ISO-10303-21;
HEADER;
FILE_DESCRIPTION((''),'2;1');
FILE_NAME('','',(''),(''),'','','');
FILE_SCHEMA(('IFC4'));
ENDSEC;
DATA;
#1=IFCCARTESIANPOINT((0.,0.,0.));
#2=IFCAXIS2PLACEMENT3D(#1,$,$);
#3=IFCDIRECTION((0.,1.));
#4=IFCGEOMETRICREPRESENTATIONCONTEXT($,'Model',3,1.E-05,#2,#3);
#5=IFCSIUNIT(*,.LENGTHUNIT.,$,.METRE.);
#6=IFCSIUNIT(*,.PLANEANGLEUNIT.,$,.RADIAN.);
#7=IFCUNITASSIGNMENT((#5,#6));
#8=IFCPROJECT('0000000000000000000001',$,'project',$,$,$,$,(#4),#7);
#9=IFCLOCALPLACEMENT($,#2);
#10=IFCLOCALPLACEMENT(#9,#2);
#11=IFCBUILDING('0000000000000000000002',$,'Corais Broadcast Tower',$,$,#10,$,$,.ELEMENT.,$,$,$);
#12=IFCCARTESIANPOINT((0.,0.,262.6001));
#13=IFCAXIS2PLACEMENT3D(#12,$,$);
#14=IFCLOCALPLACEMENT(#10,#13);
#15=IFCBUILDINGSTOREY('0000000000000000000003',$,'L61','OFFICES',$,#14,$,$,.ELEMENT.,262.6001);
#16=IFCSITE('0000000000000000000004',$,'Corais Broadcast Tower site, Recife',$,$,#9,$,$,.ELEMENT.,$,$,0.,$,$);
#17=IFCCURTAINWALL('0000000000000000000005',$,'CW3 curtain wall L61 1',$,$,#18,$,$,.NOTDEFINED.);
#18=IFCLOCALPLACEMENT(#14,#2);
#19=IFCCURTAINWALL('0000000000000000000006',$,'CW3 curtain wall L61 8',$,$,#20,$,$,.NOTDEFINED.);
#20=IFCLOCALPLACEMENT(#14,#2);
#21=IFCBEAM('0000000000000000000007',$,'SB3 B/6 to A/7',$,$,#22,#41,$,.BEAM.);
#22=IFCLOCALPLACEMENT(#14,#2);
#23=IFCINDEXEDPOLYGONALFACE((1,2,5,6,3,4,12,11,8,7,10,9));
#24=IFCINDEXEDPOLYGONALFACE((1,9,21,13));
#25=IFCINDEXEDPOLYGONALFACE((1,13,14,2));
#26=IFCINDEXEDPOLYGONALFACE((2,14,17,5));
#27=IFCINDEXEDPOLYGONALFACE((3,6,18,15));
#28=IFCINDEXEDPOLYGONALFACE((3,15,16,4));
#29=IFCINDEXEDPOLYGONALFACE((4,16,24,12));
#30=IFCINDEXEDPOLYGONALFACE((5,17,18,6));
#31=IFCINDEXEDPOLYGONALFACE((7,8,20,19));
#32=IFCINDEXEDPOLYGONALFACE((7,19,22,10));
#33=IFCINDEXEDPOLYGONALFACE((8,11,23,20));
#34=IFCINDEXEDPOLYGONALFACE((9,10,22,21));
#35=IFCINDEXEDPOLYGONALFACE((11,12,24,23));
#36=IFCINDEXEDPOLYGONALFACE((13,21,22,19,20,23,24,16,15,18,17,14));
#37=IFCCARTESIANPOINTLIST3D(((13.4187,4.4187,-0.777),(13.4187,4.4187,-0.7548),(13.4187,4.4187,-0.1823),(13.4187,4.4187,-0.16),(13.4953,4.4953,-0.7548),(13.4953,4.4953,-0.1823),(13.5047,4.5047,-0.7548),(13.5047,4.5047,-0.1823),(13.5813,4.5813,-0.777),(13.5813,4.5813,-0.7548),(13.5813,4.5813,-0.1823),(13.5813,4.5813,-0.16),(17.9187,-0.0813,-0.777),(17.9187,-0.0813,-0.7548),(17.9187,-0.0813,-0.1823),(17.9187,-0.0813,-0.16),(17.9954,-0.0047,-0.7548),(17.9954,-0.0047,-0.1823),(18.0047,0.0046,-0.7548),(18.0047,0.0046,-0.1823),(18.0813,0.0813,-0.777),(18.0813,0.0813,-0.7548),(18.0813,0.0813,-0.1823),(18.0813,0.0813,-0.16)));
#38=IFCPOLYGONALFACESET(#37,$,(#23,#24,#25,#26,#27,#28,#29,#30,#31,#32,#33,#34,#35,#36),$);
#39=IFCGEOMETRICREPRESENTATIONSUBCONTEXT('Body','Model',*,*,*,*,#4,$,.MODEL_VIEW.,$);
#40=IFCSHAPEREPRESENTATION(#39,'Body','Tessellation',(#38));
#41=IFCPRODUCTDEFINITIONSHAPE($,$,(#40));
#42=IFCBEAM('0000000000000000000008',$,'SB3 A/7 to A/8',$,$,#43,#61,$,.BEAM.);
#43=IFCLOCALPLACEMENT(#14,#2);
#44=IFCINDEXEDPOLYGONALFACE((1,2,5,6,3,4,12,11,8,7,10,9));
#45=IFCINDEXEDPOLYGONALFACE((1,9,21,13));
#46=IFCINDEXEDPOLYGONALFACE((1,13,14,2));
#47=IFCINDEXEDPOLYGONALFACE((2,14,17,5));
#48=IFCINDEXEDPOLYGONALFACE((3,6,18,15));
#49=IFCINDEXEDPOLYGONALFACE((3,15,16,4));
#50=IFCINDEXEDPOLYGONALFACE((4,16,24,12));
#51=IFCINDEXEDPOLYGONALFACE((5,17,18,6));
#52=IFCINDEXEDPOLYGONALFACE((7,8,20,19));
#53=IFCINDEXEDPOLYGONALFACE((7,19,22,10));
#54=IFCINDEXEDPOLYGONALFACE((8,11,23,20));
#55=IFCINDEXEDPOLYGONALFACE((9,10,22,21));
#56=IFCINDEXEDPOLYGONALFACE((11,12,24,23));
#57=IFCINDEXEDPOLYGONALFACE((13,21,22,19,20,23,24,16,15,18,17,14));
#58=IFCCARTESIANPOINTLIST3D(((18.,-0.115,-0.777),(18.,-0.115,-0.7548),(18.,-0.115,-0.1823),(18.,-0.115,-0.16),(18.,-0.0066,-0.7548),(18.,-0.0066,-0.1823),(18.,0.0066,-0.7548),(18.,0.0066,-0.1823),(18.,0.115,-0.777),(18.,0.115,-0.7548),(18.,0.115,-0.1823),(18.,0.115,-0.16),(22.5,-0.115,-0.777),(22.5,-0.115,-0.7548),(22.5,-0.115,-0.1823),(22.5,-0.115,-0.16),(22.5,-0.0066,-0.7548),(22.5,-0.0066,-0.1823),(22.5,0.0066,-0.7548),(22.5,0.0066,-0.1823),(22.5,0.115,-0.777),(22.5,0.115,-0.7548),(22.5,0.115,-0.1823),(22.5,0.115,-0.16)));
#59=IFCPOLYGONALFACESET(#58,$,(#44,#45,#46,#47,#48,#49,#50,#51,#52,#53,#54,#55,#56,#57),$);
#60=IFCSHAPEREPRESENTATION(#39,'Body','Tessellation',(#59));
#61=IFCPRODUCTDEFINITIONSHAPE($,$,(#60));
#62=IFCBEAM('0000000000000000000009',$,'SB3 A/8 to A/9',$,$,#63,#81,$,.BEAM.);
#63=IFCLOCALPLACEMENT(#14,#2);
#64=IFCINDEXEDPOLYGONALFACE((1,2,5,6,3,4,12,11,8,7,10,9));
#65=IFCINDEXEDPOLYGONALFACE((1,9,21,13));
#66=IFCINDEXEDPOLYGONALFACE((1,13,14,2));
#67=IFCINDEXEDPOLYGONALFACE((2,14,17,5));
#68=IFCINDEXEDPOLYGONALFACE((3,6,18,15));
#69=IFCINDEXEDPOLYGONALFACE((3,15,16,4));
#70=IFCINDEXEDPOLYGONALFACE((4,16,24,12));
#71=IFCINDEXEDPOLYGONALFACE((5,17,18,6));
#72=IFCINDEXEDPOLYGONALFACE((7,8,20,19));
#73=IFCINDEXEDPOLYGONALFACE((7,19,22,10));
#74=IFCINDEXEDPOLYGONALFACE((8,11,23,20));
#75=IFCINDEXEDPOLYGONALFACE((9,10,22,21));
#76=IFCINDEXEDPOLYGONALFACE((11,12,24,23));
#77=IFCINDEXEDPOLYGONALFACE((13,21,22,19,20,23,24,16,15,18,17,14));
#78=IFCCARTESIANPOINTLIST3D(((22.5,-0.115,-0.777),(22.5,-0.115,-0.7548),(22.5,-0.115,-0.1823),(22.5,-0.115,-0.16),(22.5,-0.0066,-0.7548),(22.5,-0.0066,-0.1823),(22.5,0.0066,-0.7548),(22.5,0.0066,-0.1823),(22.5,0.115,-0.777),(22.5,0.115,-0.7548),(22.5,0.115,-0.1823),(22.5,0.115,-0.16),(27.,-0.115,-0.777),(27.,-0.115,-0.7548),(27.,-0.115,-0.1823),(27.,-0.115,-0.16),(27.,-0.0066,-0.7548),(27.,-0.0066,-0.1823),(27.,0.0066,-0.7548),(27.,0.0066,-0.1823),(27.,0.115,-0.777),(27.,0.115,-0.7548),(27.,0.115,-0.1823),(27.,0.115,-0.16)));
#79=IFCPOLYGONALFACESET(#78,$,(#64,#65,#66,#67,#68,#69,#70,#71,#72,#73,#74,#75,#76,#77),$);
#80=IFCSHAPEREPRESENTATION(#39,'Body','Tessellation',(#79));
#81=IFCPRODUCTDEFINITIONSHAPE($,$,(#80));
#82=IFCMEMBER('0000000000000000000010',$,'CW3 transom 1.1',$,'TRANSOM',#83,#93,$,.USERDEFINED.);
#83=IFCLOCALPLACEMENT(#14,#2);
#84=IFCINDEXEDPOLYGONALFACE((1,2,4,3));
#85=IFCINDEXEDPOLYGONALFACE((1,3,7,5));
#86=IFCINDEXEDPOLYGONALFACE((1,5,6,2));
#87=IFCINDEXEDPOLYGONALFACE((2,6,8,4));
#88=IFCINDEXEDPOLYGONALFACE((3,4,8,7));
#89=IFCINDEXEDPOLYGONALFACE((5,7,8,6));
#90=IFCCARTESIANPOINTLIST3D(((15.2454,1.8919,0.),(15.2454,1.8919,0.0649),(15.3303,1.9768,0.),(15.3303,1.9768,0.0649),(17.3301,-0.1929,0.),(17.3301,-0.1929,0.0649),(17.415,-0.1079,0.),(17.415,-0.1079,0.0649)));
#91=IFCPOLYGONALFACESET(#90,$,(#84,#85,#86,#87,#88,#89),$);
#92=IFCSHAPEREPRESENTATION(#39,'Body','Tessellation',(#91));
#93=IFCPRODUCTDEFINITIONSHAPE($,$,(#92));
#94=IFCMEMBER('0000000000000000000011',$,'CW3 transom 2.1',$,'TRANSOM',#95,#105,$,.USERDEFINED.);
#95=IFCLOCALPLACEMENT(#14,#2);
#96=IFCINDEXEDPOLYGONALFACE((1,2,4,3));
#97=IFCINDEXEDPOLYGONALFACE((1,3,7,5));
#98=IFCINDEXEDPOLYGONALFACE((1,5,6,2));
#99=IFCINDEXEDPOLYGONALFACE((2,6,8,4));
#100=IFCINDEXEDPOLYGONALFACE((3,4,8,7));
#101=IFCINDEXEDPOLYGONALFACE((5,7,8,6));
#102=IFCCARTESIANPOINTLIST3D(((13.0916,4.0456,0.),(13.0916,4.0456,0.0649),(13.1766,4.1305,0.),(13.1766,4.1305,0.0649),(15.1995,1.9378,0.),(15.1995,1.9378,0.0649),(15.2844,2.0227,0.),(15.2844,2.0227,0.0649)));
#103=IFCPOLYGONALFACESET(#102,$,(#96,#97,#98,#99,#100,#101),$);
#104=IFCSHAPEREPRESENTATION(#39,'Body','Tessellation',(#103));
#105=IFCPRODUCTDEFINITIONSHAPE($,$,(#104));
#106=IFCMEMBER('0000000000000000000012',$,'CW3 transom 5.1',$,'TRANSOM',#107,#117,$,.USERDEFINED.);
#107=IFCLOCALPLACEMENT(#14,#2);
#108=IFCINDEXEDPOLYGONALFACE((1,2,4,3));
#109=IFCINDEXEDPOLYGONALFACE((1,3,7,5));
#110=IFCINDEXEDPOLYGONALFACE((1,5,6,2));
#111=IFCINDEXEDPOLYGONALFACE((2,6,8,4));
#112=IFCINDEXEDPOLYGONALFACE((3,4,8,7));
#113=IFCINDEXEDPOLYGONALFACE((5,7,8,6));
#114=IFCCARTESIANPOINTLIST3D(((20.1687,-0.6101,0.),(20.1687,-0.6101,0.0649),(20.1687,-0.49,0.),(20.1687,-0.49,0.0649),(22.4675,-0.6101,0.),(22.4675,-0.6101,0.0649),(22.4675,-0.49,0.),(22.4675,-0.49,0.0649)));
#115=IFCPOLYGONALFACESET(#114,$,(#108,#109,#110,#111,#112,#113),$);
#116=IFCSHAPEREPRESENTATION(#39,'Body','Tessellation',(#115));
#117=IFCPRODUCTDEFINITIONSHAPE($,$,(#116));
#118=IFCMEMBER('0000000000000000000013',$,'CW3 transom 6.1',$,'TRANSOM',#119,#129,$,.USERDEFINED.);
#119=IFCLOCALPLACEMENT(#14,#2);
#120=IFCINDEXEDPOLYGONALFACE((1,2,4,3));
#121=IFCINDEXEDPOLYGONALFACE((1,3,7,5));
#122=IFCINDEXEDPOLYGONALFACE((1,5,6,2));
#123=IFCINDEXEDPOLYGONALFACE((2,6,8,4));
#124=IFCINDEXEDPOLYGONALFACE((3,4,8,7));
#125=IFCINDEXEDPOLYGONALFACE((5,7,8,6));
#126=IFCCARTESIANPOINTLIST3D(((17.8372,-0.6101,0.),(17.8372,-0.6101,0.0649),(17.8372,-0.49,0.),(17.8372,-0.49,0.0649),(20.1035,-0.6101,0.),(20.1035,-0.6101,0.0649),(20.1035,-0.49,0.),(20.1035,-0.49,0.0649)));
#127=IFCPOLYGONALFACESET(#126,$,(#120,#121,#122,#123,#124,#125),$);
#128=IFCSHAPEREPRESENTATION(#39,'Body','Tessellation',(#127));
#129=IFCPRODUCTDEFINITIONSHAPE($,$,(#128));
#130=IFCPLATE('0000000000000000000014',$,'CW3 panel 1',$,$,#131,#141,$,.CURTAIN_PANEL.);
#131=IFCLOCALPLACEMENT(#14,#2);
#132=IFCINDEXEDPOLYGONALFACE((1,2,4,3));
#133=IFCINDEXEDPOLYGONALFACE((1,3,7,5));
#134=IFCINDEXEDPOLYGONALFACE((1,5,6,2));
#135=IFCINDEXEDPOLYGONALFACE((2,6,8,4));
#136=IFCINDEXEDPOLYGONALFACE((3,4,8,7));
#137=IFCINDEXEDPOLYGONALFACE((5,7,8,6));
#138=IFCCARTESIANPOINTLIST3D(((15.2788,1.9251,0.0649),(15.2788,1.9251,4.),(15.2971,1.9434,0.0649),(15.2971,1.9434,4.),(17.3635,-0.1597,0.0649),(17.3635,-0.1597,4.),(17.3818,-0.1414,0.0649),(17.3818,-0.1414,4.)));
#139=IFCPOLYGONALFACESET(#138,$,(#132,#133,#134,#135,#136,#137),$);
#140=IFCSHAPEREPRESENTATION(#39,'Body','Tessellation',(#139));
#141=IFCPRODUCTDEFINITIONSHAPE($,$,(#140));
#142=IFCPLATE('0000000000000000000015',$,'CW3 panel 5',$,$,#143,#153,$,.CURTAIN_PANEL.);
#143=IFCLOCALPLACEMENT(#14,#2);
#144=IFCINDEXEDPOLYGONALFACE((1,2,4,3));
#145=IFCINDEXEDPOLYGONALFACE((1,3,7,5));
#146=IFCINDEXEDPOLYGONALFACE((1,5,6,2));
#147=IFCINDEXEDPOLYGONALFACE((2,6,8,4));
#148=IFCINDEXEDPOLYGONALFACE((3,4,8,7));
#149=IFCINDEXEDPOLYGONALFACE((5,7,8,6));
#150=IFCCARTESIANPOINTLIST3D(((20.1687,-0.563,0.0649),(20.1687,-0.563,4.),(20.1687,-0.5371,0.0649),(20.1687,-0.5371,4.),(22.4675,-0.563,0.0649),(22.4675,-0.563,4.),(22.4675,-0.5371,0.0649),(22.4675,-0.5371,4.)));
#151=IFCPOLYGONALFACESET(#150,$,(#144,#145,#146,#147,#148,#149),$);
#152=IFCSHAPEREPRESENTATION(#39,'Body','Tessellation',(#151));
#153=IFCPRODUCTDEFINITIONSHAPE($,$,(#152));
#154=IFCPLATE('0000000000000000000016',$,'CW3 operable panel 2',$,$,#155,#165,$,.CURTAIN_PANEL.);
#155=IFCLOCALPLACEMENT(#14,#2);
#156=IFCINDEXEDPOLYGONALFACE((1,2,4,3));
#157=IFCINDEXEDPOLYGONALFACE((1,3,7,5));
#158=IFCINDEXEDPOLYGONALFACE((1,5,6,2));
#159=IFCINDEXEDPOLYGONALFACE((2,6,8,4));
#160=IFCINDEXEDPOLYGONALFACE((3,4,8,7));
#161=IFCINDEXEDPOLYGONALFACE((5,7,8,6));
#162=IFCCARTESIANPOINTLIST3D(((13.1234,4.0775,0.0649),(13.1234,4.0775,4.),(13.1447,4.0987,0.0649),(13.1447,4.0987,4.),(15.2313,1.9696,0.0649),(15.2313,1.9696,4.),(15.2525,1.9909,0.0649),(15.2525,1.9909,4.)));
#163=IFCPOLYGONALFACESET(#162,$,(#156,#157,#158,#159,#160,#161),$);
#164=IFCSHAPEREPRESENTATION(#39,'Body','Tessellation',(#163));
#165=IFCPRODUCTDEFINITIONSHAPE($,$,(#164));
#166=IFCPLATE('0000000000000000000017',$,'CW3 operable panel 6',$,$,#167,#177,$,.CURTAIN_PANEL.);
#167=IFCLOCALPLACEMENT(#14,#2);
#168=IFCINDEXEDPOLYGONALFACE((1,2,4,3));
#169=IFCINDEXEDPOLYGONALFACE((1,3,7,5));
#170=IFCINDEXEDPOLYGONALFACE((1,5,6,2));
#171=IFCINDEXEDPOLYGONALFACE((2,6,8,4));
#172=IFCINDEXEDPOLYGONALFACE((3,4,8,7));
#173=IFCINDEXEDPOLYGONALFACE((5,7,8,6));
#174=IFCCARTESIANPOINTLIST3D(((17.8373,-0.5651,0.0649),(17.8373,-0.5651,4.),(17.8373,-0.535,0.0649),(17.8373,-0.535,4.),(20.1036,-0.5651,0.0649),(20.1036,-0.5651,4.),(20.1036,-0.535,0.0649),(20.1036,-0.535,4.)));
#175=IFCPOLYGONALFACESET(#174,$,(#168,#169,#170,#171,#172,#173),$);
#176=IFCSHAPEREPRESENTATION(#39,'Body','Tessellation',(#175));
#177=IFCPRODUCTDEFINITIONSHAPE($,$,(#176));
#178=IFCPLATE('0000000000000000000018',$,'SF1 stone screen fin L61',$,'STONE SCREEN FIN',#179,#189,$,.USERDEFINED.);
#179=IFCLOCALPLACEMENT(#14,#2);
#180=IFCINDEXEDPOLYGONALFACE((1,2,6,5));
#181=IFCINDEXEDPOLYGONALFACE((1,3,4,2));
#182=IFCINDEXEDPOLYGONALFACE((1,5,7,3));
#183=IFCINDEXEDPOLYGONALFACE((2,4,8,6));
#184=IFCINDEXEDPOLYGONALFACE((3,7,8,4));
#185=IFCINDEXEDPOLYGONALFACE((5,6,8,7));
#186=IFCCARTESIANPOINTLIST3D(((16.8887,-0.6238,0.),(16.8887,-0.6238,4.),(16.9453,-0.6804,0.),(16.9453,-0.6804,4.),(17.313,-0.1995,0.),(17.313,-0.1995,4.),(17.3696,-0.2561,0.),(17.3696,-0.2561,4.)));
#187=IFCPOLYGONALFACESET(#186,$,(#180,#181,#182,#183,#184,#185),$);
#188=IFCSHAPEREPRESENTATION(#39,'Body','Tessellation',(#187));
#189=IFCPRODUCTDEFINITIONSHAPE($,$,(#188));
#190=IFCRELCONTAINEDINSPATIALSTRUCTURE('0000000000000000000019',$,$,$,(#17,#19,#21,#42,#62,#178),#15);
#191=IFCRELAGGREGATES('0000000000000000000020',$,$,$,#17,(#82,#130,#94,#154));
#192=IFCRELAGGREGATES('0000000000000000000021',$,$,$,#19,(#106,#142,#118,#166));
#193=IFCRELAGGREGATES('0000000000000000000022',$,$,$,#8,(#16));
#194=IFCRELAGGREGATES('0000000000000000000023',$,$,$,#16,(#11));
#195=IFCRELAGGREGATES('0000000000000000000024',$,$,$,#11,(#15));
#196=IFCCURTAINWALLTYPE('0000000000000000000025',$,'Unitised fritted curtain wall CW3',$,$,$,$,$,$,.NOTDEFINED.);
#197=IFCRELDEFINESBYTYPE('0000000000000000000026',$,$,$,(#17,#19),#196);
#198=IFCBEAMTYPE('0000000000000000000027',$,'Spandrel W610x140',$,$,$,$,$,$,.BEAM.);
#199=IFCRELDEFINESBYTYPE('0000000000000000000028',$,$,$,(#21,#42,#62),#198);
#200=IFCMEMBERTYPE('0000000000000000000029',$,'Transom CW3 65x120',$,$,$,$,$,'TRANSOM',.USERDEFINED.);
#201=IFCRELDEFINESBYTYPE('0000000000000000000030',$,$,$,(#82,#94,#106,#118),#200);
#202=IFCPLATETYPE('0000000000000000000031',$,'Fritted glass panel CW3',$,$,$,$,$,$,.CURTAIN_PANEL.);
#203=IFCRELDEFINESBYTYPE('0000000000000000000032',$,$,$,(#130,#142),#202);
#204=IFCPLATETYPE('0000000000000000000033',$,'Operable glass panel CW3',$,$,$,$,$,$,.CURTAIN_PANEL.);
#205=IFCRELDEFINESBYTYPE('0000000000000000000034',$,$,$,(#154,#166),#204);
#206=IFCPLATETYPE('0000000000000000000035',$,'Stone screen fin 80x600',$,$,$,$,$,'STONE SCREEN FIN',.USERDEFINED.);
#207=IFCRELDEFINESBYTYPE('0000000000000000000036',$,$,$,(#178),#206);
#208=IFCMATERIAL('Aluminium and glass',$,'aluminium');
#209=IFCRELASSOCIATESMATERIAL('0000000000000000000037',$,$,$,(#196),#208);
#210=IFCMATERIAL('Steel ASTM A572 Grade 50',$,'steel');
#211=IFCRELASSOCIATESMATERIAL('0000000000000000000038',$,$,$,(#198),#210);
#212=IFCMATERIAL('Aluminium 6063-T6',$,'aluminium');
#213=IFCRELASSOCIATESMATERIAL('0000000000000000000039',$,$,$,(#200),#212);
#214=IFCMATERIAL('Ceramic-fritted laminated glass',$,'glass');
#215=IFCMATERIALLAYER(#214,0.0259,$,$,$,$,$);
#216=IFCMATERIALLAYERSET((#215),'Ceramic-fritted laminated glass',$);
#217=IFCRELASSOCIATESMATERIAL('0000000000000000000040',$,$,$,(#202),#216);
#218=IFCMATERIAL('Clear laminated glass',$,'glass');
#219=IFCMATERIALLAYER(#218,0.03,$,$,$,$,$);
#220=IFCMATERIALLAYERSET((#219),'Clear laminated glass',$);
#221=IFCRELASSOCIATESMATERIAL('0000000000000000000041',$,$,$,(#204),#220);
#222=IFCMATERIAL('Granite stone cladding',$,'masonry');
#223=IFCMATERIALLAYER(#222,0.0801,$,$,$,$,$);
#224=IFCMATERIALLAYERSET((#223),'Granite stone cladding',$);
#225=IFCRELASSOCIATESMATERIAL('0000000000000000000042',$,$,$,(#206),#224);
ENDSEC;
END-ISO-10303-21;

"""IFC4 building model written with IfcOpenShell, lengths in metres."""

from ifc_helpers import new_model, si_unit, direction, frame, origin, origin_2d, place, context, subcontext, project, spatial, rectangle, i_section, extrude, material, layer, layer_set, material_profile, profile_set, type_object, element, aggregate, save


model = new_model("IFC4")

# Units and contexts
model_context = context("Model", 3, precision=1e-05, world=origin(), true_north=direction((0.0, 1.0)))
body_context = subcontext(model_context, "Body", "Model", "MODEL_VIEW")
ifc_project = project(units=[si_unit("LENGTHUNIT", "METRE"), si_unit("PLANEANGLEUNIT", "RADIAN")], contexts=[model_context])

# Site, building, storey
site_placement = place(None, origin())
site = spatial("IfcSite", under=ifc_project, at=site_placement, Name="Corais Broadcast Tower site, Recife", CompositionType="ELEMENT", RefElevation=0.0)
building_placement = place(site_placement, origin())
building = spatial("IfcBuilding", under=site, at=building_placement, Name="Corais Broadcast Tower", CompositionType="ELEMENT")
storey_placement = place(building_placement, frame((0.0, 0.0, 262.6001)))
storey = spatial("IfcBuildingStorey", under=building, at=storey_placement, Name="L61", Description="OFFICES", CompositionType="ELEMENT", Elevation=262.6001)

# Curtain walls
ifc_material_1 = material(Name="Aluminium and glass", Category="aluminium")
curtain_wall_type = type_object("IfcCurtainWallType", Name="Unitised fritted curtain wall CW3", PredefinedType="NOTDEFINED", material=ifc_material_1)
curtain_wall_1_placement = place(storey_placement, origin())
curtain_wall_1 = element("IfcCurtainWall", 1, at=curtain_wall_1_placement, inside=storey, type_object=curtain_wall_type, Name="CW3 curtain wall L61 1", PredefinedType="NOTDEFINED")
curtain_wall_2_placement = place(storey_placement, origin())
curtain_wall_2 = element("IfcCurtainWall", 2, at=curtain_wall_2_placement, inside=storey, type_object=curtain_wall_type, Name="CW3 curtain wall L61 8", PredefinedType="NOTDEFINED")

# Beams
ifc_material_2 = material(Name="Steel ASTM A572 Grade 50", Category="steel")
ifc_material_profile_1 = material_profile(ifc_material_2, i_section(OverallWidth=0.23, OverallDepth=0.6169, WebThickness=0.0132, FlangeThickness=0.0222, at=origin_2d()), Name="W610x140")
ifc_profile_set_1 = profile_set([ifc_material_profile_1], Name="Steel ASTM A572 Grade 50")
beam_type_1 = type_object("IfcBeamType", Name="Spandrel W610x140", PredefinedType="BEAM", material=ifc_profile_set_1)
beam_1_placement = place(storey_placement, frame((13.5, 4.5, -0.4685), z_axis=(0.707107, -0.707107, 0.0), x_axis=(0.707107, 0.707107, 0.0)))
element("IfcBeam", 3, at=beam_1_placement, inside=storey, type_object=beam_type_1, Name="SB3 B/6 to A/7", PredefinedType="BEAM", context=body_context, shape_type="SweptSolid", body=[
    extrude(i_section(OverallWidth=0.23, OverallDepth=0.6169, WebThickness=0.0132, FlangeThickness=0.0222, at=origin_2d()), origin(), (0.0, 0.0, 1.0), 6.364),
])
for number, where, z_axis, x_axis, name in (
    (4, (18.0, 0.0, -0.4685), (1.0, 0.0, 0.0), (0.0, 1.0, 0.0), "SB3 A/7 to A/8"),
    (5, (22.5, 0.0, -0.4685), (1.0, 0.0, 0.0), (0.0, 1.0, 0.0), "SB3 A/8 to A/9"),
):
    element("IfcBeam", number, at=place(storey_placement, frame(where, z_axis=z_axis, x_axis=x_axis)), inside=storey, type_object=beam_type_1, Name=name, PredefinedType="BEAM", context=body_context, shape_type="SweptSolid", body=[
        extrude(i_section(OverallWidth=0.23, OverallDepth=0.6169, WebThickness=0.0132, FlangeThickness=0.0222, at=origin_2d()), origin(), (0.0, 0.0, 1.0), 4.5),
    ])

# Members
ifc_material_3 = material(Name="Aluminium 6063-T6", Category="aluminium")
ifc_material_profile_2 = material_profile(ifc_material_3, rectangle(XDim=0.1201, YDim=0.0649, at=origin_2d()), Name="Transom CW3 65x120")
ifc_profile_set_2 = profile_set([ifc_material_profile_2], Name="Aluminium 6063-T6")
member_type_1 = type_object("IfcMemberType", Name="Transom CW3 65x120", ElementType="TRANSOM", PredefinedType="USERDEFINED", material=ifc_profile_set_2)
member_1_placement = place(storey_placement, frame((17.3726, -0.1504, 0.0325), z_axis=(-0.707107, 0.707107, 0.0), x_axis=(-0.707107, -0.707107, 0.0)))
member_1 = element("IfcMember", 6, at=member_1_placement, type_object=member_type_1, Name="CW3 transom 1.1", ObjectType="TRANSOM", PredefinedType="USERDEFINED", context=body_context, shape_type="SweptSolid", body=[
    extrude(rectangle(XDim=0.1201, YDim=0.0649, at=origin_2d()), origin(), (0.0, 0.0, 1.0), 2.9482),
])
member_2_placement = place(storey_placement, frame((15.2419, 1.9802, 0.0325), z_axis=(-0.707107, 0.707107, 0.0), x_axis=(-0.707107, -0.707107, 0.0)))
member_2 = element("IfcMember", 7, at=member_2_placement, type_object=member_type_1, Name="CW3 transom 2.1", ObjectType="TRANSOM", PredefinedType="USERDEFINED", context=body_context, shape_type="SweptSolid", body=[
    extrude(rectangle(XDim=0.1201, YDim=0.0649, at=origin_2d()), origin(), (0.0, 0.0, 1.0), 2.981),
])
member_3_placement = place(storey_placement, frame((22.4675, -0.55, 0.0325), z_axis=(-1.0, 0.0, 0.0), x_axis=(0.0, -1.0, 0.0)))
member_3 = element("IfcMember", 8, at=member_3_placement, type_object=member_type_1, Name="CW3 transom 5.1", ObjectType="TRANSOM", PredefinedType="USERDEFINED", context=body_context, shape_type="SweptSolid", body=[
    extrude(rectangle(XDim=0.1201, YDim=0.0649, at=origin_2d()), origin(), (0.0, 0.0, 1.0), 2.2988),
])
member_4_placement = place(storey_placement, frame((20.1035, -0.55, 0.0325), z_axis=(-1.0, 0.0, 0.0), x_axis=(0.0, -1.0, 0.0)))
member_4 = element("IfcMember", 9, at=member_4_placement, type_object=member_type_1, Name="CW3 transom 6.1", ObjectType="TRANSOM", PredefinedType="USERDEFINED", context=body_context, shape_type="SweptSolid", body=[
    extrude(rectangle(XDim=0.1201, YDim=0.0649, at=origin_2d()), origin(), (0.0, 0.0, 1.0), 2.2664),
])

# Plates
ifc_material_4 = material(Name="Ceramic-fritted laminated glass", Category="glass")
ifc_layer_1 = layer(ifc_material_4, 0.0259)
ifc_layer_set_1 = layer_set([ifc_layer_1], Name="Ceramic-fritted laminated glass")
plate_type_1 = type_object("IfcPlateType", Name="Fritted glass panel CW3", PredefinedType="CURTAIN_PANEL", material=ifc_layer_set_1)
plate_1_placement = place(storey_placement, frame((16.3303, 0.8918, 0.0649), z_axis=(0.0, 0.0, 1.0), x_axis=(-0.707107, 0.707107, 0.0)))
plate_1 = element("IfcPlate", 10, at=plate_1_placement, type_object=plate_type_1, Name="CW3 panel 1", PredefinedType="CURTAIN_PANEL", context=body_context, shape_type="SweptSolid", body=[
    extrude(rectangle(XDim=2.9482, YDim=0.0259, at=origin_2d()), origin(), (0.0, 0.0, 1.0), 3.9351),
])
plate_2_placement = place(storey_placement, frame((21.3181, -0.55, 0.0649), z_axis=(0.0, 0.0, 1.0), x_axis=(-1.0, 0.0, 0.0)))
plate_2 = element("IfcPlate", 11, at=plate_2_placement, type_object=plate_type_1, Name="CW3 panel 5", PredefinedType="CURTAIN_PANEL", context=body_context, shape_type="SweptSolid", body=[
    extrude(rectangle(XDim=2.2988, YDim=0.0259, at=origin_2d()), origin(), (0.0, 0.0, 1.0), 3.9351),
])
ifc_material_5 = material(Name="Clear laminated glass", Category="glass")
ifc_layer_2 = layer(ifc_material_5, 0.03)
ifc_layer_set_2 = layer_set([ifc_layer_2], Name="Clear laminated glass")
plate_type_2 = type_object("IfcPlateType", Name="Operable glass panel CW3", PredefinedType="CURTAIN_PANEL", material=ifc_layer_set_2)
plate_3_placement = place(storey_placement, frame((14.188, 3.0342, 0.0649), z_axis=(0.0, 0.0, 1.0), x_axis=(-0.707107, 0.707107, 0.0)))
plate_3 = element("IfcPlate", 12, at=plate_3_placement, type_object=plate_type_2, Name="CW3 operable panel 2", PredefinedType="CURTAIN_PANEL", context=body_context, shape_type="SweptSolid", body=[
    extrude(rectangle(XDim=2.981, YDim=0.03, at=origin_2d()), origin(), (0.0, 0.0, 1.0), 3.9351),
])
aggregate(curtain_wall_1, [member_1, plate_1, member_2, plate_3])
plate_4_placement = place(storey_placement, frame((18.9705, -0.55, 0.0649), z_axis=(0.0, 0.0, 1.0), x_axis=(-1.0, 0.0, 0.0)))
plate_4 = element("IfcPlate", 13, at=plate_4_placement, type_object=plate_type_2, Name="CW3 operable panel 6", PredefinedType="CURTAIN_PANEL", context=body_context, shape_type="SweptSolid", body=[
    extrude(rectangle(XDim=2.2664, YDim=0.03, at=origin_2d()), origin(), (0.0, 0.0, 1.0), 3.9351),
])
aggregate(curtain_wall_2, [member_3, plate_2, member_4, plate_4])
ifc_material_6 = material(Name="Granite stone cladding", Category="masonry")
ifc_layer_3 = layer(ifc_material_6, 0.0801)
ifc_layer_set_3 = layer_set([ifc_layer_3], Name="Granite stone cladding")
plate_type_3 = type_object("IfcPlateType", Name="Stone screen fin 80x600", ElementType="STONE SCREEN FIN", PredefinedType="USERDEFINED", material=ifc_layer_set_3)
plate_5_placement = place(storey_placement, frame((17.1292, -0.4399, 0.0), z_axis=(0.0, 0.0, 1.0), x_axis=(-0.707107, 0.707107, 0.0)))
element("IfcPlate", 14, at=plate_5_placement, inside=storey, type_object=plate_type_3, Name="SF1 stone screen fin L61", ObjectType="STONE SCREEN FIN", PredefinedType="USERDEFINED", context=body_context, shape_type="SweptSolid", body=[
    extrude(rectangle(XDim=0.0801, YDim=0.6001, at=origin_2d()), origin(), (0.0, 0.0, 1.0), 4.0),
])

save(model, "model.ifc")
